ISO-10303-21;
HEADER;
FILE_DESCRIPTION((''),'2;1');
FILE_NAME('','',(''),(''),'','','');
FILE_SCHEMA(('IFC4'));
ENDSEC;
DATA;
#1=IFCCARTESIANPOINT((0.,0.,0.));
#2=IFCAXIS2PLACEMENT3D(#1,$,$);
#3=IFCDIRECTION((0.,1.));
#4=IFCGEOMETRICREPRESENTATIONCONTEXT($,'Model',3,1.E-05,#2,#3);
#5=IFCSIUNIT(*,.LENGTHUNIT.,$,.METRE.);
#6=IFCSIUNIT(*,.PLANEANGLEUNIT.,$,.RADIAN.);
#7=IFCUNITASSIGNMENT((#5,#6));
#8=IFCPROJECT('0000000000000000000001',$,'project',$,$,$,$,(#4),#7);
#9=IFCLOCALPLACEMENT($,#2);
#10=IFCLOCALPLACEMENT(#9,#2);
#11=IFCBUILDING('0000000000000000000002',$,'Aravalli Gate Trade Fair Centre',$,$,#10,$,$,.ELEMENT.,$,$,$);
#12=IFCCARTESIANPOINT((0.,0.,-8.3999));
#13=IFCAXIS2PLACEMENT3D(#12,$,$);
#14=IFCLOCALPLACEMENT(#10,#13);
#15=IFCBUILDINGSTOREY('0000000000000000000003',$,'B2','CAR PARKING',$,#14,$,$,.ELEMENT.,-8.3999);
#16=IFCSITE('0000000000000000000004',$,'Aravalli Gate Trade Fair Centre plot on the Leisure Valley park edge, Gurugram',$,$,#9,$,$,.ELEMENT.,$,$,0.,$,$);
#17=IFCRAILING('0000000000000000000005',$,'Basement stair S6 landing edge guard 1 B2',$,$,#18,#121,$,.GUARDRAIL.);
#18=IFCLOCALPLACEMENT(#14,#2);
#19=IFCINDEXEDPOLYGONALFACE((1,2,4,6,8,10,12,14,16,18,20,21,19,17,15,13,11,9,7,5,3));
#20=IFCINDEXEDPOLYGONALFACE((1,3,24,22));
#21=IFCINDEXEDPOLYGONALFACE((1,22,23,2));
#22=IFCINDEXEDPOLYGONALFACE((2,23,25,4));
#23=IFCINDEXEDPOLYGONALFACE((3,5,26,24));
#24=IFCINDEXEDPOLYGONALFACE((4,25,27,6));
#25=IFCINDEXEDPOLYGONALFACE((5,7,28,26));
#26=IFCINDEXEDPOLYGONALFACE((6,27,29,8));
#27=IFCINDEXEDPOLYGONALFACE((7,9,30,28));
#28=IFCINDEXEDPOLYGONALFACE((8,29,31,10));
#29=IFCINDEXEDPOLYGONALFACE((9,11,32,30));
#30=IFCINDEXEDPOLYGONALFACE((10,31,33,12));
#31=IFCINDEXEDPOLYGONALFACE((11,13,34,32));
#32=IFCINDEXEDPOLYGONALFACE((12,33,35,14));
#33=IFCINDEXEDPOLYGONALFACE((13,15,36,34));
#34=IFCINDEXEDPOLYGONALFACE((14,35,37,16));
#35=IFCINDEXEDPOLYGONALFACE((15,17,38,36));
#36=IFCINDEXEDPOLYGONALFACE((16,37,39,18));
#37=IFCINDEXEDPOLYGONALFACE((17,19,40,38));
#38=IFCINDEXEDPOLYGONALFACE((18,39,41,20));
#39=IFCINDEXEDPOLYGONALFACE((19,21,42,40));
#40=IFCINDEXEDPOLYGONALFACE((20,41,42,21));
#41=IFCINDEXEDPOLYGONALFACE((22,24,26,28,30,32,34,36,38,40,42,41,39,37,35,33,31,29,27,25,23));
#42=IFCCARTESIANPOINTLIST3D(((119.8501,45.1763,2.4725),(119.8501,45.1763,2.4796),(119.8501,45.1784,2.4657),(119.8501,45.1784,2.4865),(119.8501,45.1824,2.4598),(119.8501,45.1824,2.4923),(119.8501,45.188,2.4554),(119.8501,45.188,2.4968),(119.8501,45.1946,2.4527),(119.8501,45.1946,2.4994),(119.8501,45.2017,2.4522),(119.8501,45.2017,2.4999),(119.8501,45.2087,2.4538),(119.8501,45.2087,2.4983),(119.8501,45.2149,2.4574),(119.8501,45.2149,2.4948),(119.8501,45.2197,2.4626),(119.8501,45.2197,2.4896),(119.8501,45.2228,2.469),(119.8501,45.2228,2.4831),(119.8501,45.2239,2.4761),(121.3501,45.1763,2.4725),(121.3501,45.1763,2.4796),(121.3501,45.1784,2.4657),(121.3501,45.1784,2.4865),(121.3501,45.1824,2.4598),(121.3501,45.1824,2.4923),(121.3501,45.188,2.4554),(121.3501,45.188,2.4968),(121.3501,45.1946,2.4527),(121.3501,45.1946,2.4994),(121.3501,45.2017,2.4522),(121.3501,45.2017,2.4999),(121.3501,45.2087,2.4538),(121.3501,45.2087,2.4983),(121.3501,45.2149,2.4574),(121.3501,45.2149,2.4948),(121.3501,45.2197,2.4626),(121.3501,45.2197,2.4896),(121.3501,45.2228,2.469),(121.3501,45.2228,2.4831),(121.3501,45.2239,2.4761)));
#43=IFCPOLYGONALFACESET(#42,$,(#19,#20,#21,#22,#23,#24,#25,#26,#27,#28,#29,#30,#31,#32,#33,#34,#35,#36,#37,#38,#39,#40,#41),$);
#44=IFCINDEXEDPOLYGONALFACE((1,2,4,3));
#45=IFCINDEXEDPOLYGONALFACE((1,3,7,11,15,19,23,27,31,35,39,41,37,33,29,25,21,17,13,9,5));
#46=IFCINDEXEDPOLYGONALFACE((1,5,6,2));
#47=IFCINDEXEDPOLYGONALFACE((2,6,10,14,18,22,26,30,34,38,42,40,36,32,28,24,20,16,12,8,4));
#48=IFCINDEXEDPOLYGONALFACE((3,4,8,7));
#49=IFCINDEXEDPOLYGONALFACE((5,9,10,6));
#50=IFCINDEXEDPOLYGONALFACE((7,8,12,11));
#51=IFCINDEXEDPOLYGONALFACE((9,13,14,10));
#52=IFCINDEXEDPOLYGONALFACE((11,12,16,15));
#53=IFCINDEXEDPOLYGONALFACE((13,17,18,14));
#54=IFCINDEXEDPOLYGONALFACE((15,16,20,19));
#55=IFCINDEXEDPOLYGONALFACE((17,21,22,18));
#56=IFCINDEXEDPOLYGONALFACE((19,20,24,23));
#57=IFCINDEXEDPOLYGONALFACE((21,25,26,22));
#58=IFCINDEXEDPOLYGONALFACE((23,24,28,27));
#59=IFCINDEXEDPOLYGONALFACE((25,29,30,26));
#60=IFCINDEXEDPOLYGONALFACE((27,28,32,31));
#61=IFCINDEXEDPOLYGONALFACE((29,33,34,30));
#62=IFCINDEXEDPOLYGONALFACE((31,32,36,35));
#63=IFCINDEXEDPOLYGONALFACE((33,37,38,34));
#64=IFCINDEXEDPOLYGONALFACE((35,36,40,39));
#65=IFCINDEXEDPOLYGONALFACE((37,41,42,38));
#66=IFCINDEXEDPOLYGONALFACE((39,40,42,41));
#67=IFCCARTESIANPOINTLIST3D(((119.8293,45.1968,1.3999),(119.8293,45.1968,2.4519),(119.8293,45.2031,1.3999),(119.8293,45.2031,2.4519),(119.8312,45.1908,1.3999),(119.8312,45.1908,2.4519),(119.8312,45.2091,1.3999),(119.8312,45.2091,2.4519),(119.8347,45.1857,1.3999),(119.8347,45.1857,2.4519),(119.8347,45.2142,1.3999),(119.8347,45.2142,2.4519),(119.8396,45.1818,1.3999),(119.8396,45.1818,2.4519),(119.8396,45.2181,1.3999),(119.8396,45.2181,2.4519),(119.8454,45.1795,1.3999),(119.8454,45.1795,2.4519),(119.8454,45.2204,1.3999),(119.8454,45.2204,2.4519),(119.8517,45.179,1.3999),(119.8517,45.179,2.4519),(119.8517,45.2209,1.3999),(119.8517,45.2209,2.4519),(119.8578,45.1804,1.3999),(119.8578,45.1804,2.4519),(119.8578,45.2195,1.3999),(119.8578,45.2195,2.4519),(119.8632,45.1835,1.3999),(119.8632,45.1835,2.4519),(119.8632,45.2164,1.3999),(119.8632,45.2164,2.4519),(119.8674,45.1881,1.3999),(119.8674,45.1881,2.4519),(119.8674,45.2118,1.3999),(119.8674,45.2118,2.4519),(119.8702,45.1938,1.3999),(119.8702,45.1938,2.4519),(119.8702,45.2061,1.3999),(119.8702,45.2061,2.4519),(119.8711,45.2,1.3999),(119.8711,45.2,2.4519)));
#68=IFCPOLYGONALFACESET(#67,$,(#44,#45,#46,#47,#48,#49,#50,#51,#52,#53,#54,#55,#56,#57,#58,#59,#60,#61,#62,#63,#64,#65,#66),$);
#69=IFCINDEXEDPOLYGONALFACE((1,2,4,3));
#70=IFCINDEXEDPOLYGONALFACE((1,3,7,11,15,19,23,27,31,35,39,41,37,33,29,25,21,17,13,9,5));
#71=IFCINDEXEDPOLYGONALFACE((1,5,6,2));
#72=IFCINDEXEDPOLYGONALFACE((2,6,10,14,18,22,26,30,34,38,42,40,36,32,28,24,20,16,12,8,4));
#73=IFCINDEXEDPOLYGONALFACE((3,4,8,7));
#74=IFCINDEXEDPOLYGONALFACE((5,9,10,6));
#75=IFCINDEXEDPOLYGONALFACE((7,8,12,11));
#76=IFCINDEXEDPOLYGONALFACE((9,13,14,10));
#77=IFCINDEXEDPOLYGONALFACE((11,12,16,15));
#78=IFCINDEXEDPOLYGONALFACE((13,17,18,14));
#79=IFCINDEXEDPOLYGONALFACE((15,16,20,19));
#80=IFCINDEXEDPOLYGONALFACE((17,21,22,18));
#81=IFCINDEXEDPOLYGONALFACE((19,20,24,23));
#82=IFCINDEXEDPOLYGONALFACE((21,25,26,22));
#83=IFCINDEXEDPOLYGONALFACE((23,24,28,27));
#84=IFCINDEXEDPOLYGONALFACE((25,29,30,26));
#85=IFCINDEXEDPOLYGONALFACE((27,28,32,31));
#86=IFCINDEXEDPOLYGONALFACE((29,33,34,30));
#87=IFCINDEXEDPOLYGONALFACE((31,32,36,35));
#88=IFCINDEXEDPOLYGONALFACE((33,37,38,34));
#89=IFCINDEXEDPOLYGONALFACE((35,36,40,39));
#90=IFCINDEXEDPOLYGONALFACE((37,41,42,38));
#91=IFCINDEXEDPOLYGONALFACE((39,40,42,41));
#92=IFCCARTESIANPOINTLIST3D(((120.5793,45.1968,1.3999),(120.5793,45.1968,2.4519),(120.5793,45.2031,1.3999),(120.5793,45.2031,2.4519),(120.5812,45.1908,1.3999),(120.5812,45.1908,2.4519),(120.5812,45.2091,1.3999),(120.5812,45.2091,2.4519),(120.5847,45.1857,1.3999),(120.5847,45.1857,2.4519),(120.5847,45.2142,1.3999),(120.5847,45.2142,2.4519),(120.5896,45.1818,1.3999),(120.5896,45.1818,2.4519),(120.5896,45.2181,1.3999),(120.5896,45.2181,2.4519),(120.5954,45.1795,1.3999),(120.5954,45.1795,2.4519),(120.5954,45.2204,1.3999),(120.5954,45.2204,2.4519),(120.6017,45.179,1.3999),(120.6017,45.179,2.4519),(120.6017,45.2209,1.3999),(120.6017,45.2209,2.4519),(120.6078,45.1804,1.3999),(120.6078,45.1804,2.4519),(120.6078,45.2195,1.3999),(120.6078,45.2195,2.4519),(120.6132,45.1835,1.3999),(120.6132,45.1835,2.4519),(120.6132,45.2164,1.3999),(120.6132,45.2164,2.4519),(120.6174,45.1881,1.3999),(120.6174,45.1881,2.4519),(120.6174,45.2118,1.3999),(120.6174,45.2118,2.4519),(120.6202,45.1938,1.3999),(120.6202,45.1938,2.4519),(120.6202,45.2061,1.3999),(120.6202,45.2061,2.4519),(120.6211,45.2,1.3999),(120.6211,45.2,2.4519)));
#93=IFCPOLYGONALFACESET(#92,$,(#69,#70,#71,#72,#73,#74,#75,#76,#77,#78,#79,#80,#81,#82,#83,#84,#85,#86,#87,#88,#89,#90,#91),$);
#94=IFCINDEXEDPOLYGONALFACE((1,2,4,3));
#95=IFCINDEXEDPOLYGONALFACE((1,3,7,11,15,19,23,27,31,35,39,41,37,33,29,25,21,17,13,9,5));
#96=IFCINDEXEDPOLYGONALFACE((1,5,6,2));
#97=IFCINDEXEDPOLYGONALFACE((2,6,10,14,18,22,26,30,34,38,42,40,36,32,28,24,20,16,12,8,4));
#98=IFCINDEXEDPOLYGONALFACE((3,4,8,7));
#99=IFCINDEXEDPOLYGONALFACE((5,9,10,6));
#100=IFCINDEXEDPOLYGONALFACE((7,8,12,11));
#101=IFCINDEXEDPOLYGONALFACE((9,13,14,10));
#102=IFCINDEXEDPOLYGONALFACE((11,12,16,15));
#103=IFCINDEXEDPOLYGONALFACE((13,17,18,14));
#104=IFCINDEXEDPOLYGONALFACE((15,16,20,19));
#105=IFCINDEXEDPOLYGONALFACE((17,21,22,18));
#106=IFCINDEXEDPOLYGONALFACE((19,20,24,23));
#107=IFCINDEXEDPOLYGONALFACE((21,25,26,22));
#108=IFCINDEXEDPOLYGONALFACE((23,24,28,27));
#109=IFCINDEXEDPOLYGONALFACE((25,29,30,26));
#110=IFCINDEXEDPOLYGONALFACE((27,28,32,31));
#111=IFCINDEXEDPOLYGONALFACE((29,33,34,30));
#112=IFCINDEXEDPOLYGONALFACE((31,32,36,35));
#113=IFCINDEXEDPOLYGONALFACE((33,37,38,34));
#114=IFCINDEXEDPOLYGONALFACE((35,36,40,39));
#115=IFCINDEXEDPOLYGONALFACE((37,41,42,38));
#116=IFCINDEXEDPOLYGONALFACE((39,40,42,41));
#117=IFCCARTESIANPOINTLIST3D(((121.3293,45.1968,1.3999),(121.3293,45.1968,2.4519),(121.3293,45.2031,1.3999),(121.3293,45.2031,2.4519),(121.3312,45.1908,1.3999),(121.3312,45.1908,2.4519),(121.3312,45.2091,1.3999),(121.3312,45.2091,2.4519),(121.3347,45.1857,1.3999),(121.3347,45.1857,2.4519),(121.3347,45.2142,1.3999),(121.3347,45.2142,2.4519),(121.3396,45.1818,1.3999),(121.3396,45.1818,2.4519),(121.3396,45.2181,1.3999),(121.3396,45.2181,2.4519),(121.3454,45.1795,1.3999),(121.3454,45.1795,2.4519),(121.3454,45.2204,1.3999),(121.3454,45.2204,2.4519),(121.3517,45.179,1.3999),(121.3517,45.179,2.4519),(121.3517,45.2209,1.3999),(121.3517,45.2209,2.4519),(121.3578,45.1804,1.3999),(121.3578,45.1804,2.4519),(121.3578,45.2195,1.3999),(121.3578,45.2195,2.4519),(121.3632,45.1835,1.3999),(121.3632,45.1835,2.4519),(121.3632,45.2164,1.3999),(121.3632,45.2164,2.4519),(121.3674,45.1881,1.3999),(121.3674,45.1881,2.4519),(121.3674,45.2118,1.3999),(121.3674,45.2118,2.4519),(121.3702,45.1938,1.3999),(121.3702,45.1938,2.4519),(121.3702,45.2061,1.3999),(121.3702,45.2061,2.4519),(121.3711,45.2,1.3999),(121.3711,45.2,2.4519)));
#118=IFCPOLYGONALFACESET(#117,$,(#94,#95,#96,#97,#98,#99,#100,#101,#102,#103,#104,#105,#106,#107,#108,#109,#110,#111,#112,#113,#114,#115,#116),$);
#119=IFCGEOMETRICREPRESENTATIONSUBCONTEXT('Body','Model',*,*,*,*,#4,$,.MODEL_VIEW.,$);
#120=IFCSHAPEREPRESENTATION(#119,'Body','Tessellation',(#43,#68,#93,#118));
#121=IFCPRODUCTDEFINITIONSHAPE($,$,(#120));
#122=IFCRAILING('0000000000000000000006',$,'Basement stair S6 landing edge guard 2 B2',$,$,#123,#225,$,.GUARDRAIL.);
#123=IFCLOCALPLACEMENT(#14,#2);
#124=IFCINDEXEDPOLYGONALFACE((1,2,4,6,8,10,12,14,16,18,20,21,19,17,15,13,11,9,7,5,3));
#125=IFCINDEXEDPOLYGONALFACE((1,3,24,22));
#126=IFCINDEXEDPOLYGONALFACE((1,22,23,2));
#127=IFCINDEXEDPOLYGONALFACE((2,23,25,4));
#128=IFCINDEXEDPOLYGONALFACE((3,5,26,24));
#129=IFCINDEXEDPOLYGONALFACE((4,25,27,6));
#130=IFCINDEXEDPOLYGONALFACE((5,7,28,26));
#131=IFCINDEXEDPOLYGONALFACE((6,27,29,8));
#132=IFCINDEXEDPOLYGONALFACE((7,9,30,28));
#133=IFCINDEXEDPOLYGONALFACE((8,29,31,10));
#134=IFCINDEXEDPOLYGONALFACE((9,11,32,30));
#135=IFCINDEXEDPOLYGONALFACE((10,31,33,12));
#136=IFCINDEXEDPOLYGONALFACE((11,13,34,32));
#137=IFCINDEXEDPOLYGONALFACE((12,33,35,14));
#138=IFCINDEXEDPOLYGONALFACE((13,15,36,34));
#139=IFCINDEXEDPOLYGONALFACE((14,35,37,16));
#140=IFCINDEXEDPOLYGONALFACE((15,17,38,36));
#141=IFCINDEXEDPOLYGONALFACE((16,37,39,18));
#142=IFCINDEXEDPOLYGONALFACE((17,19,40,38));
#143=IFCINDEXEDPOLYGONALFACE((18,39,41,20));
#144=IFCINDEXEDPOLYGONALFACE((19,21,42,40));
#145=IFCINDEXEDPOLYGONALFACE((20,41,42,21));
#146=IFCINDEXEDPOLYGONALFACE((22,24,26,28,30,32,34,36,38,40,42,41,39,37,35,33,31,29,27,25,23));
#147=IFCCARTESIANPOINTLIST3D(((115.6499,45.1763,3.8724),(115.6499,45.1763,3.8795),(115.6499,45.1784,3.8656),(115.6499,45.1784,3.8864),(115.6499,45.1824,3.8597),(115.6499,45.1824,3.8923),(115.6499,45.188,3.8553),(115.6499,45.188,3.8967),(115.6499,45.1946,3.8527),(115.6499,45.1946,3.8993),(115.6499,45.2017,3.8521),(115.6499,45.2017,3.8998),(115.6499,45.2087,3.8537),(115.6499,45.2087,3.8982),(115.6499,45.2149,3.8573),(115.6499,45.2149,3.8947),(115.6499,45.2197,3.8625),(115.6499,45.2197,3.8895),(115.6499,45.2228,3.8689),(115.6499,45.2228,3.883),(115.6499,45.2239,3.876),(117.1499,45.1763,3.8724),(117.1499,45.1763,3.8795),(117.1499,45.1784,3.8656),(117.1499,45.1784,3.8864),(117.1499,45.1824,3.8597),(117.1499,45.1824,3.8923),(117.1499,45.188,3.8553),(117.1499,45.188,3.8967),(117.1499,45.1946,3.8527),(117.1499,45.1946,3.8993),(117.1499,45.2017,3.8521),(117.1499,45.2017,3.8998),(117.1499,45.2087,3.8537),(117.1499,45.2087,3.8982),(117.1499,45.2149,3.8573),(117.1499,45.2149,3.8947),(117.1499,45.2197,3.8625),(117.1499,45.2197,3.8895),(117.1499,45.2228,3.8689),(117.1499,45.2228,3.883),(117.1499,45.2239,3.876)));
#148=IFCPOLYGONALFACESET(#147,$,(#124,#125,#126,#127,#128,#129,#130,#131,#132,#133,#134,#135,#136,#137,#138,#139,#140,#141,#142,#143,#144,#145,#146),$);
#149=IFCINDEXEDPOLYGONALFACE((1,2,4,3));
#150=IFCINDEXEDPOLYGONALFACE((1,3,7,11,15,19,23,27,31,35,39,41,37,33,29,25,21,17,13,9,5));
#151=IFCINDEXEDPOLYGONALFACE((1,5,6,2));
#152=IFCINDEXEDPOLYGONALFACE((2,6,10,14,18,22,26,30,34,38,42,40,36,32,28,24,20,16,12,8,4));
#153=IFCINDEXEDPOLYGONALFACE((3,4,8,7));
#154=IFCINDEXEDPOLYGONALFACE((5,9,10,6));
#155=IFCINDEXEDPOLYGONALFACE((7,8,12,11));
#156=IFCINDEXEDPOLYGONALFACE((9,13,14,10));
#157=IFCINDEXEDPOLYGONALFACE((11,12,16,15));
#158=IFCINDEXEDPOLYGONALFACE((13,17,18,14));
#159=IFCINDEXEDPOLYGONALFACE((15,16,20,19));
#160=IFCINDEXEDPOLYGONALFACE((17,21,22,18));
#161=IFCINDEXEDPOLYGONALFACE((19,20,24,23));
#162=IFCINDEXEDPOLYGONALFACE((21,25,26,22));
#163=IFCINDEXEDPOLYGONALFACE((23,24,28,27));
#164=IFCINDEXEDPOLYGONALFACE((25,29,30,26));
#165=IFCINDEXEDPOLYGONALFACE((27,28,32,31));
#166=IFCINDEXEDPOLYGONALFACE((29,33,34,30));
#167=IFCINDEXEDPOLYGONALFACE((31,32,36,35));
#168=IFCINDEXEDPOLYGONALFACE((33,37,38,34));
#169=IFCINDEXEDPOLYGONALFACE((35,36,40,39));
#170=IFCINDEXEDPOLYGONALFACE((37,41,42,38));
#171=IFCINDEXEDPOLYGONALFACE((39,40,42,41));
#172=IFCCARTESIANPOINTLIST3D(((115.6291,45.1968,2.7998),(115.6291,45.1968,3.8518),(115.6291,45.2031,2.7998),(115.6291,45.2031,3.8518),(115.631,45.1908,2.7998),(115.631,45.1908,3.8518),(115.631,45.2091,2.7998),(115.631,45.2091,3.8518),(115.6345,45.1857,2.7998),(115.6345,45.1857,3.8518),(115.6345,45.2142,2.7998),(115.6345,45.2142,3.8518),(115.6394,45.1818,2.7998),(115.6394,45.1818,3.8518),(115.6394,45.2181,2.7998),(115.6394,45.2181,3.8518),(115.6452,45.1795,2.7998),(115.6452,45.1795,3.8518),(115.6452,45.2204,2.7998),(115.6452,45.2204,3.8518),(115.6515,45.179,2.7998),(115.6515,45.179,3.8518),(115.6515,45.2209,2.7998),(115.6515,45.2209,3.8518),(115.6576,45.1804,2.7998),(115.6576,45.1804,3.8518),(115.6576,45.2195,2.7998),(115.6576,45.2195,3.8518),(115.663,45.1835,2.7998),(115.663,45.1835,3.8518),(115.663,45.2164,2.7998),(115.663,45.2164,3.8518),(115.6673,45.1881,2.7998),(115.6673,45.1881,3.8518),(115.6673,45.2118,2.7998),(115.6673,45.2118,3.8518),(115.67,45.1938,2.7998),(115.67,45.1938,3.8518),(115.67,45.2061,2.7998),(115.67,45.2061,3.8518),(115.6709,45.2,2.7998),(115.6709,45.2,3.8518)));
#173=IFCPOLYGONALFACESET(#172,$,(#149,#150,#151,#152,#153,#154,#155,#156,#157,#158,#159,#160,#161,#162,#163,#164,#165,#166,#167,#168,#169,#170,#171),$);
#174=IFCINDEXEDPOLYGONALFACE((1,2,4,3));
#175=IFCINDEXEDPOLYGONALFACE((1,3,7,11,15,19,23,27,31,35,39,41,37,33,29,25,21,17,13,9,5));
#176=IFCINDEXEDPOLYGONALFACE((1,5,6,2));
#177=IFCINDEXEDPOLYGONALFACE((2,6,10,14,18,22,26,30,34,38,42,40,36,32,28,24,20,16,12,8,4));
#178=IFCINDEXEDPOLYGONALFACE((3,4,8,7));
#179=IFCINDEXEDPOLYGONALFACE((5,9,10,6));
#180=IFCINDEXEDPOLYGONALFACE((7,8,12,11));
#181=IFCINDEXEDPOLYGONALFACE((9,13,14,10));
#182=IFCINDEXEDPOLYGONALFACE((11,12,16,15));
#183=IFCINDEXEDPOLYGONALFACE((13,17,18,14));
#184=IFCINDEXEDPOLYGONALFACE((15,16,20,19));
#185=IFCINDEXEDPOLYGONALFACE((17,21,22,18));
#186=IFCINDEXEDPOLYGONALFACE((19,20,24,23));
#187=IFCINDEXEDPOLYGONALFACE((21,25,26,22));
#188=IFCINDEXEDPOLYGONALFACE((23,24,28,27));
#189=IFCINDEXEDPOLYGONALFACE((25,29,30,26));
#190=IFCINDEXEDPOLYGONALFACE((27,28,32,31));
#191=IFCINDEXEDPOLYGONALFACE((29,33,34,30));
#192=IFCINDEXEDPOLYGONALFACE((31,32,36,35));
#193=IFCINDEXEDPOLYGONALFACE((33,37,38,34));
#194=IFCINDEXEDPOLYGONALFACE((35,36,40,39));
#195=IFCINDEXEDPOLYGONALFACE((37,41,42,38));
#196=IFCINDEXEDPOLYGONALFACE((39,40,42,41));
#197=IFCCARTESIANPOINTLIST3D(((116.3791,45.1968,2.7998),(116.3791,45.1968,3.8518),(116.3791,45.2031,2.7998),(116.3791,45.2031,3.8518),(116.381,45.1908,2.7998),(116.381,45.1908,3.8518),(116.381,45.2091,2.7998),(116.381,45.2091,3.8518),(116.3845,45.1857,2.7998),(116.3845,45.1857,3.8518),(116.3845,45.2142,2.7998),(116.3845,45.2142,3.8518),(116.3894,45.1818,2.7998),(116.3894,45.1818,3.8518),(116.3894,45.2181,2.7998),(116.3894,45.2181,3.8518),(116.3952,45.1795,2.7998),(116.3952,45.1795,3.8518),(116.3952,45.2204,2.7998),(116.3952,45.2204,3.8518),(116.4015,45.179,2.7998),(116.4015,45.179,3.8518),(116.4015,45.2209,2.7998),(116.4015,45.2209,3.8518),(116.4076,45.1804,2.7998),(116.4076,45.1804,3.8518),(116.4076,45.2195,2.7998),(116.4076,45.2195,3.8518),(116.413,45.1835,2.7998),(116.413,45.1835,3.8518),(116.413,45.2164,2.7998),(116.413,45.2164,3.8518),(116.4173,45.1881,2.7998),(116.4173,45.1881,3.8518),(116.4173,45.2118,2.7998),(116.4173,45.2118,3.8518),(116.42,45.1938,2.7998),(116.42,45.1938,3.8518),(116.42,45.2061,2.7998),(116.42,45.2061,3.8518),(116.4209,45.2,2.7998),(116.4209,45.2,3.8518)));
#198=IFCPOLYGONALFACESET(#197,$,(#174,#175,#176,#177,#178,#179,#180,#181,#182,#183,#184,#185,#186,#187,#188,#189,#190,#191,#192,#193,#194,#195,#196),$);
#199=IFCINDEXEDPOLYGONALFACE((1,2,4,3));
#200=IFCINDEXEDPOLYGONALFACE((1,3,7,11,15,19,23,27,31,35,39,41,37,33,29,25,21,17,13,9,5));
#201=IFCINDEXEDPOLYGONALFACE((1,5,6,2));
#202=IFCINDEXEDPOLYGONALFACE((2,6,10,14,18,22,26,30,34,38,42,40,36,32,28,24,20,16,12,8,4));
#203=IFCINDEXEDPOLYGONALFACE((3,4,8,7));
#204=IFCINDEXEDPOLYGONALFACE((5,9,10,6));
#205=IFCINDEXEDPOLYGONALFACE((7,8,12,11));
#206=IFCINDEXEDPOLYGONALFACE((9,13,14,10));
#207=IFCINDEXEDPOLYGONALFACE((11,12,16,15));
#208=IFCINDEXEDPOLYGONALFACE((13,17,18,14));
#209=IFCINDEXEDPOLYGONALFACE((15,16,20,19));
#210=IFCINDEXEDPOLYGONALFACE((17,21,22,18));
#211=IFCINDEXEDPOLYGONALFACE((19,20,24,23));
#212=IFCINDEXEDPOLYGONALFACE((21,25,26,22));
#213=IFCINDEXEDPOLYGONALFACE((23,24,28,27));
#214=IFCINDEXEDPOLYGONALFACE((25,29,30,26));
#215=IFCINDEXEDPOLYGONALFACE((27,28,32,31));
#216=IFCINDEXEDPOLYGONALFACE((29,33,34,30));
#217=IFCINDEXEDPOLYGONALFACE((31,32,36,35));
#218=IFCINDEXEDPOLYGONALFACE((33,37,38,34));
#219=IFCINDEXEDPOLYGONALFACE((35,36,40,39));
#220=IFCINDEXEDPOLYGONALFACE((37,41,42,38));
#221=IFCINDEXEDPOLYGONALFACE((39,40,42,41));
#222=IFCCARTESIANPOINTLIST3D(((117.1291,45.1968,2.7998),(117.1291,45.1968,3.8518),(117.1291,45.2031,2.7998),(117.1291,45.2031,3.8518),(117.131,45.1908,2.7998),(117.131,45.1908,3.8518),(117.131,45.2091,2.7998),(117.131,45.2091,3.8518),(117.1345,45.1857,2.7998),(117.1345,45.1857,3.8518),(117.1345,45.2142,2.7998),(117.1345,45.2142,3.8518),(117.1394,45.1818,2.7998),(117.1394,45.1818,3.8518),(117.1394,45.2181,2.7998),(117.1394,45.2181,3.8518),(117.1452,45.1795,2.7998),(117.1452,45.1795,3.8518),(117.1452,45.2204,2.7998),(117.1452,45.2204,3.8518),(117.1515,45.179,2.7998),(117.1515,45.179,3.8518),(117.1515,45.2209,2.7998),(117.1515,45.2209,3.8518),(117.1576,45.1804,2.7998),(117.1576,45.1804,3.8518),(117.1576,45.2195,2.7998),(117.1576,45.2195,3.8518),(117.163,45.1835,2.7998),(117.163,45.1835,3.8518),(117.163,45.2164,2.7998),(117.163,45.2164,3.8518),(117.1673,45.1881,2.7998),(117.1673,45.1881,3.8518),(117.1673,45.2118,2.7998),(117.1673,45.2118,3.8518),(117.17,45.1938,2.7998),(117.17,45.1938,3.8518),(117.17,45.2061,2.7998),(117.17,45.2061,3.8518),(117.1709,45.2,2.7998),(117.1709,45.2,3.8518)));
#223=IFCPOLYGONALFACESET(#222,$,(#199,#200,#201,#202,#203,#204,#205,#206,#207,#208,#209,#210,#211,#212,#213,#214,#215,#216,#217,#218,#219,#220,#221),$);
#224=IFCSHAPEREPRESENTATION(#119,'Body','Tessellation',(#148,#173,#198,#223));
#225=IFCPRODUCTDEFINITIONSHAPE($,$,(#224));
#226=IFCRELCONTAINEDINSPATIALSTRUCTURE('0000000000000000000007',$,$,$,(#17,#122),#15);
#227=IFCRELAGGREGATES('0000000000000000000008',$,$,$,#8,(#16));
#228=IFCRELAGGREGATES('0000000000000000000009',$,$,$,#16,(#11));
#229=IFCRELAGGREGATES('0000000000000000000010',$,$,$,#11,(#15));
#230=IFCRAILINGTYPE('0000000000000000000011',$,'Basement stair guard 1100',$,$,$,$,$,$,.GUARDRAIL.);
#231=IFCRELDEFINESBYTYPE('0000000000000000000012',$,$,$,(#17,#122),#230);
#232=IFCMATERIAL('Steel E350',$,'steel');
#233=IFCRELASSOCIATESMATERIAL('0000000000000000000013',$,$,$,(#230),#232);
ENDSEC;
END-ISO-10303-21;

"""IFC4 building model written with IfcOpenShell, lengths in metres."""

from ifc_helpers import new_model, si_unit, direction, frame, origin, origin_2d, place, context, subcontext, project, spatial, circle, extrude, material, type_object, element, save


model = new_model("IFC4")

# Units and contexts
model_context = context("Model", 3, precision=1e-05, world=origin(), true_north=direction((0.0, 1.0)))
body_context = subcontext(model_context, "Body", "Model", "MODEL_VIEW")
ifc_project = project(units=[si_unit("LENGTHUNIT", "METRE"), si_unit("PLANEANGLEUNIT", "RADIAN")], contexts=[model_context])

# Site, building, storey
site_placement = place(None, origin())
site = spatial("IfcSite", under=ifc_project, at=site_placement, Name="Aravalli Gate Trade Fair Centre plot on the Leisure Valley park edge, Gurugram", CompositionType="ELEMENT", RefElevation=0.0)
building_placement = place(site_placement, origin())
building = spatial("IfcBuilding", under=site, at=building_placement, Name="Aravalli Gate Trade Fair Centre", CompositionType="ELEMENT")
storey_placement = place(building_placement, frame((0.0, 0.0, -8.3999)))
storey = spatial("IfcBuildingStorey", under=building, at=storey_placement, Name="B2", Description="CAR PARKING", CompositionType="ELEMENT", Elevation=-8.3999)

# Railings
ifc_material_1 = material(Name="Steel E350", Category="steel")
railing_type_1 = type_object("IfcRailingType", Name="Basement stair guard 1100", PredefinedType="GUARDRAIL", material=ifc_material_1)
for number, where, name in (
    (1, (119.8501, 45.2, 1.3999), "Basement stair S6 landing edge guard 1 B2"),
    (2, (115.6499, 45.2, 2.7998), "Basement stair S6 landing edge guard 2 B2"),
):
    element("IfcRailing", number, at=place(storey_placement, frame(where)), inside=storey, type_object=railing_type_1, Name=name, PredefinedType="GUARDRAIL", context=body_context, shape_type="SweptSolid", body=[
        extrude(circle(Radius=0.0239, at=origin_2d()), frame((0.0, 0.0, 1.0762), z_axis=(1.0, 0.0, 0.0), x_axis=(0.0, 1.0, 0.0)), (0.0, 0.0, 1.0), 1.5),
        extrude(circle(Radius=0.021, at=origin_2d()), origin(), (0.0, 0.0, 1.0), 1.052),
        extrude(circle(Radius=0.021, at=origin_2d()), frame((0.75, 0.0, 0.0)), (0.0, 0.0, 1.0), 1.052),
        extrude(circle(Radius=0.021, at=origin_2d()), frame((1.5, 0.0, 0.0)), (0.0, 0.0, 1.0), 1.052),
    ])

save(model, "model.ifc")
